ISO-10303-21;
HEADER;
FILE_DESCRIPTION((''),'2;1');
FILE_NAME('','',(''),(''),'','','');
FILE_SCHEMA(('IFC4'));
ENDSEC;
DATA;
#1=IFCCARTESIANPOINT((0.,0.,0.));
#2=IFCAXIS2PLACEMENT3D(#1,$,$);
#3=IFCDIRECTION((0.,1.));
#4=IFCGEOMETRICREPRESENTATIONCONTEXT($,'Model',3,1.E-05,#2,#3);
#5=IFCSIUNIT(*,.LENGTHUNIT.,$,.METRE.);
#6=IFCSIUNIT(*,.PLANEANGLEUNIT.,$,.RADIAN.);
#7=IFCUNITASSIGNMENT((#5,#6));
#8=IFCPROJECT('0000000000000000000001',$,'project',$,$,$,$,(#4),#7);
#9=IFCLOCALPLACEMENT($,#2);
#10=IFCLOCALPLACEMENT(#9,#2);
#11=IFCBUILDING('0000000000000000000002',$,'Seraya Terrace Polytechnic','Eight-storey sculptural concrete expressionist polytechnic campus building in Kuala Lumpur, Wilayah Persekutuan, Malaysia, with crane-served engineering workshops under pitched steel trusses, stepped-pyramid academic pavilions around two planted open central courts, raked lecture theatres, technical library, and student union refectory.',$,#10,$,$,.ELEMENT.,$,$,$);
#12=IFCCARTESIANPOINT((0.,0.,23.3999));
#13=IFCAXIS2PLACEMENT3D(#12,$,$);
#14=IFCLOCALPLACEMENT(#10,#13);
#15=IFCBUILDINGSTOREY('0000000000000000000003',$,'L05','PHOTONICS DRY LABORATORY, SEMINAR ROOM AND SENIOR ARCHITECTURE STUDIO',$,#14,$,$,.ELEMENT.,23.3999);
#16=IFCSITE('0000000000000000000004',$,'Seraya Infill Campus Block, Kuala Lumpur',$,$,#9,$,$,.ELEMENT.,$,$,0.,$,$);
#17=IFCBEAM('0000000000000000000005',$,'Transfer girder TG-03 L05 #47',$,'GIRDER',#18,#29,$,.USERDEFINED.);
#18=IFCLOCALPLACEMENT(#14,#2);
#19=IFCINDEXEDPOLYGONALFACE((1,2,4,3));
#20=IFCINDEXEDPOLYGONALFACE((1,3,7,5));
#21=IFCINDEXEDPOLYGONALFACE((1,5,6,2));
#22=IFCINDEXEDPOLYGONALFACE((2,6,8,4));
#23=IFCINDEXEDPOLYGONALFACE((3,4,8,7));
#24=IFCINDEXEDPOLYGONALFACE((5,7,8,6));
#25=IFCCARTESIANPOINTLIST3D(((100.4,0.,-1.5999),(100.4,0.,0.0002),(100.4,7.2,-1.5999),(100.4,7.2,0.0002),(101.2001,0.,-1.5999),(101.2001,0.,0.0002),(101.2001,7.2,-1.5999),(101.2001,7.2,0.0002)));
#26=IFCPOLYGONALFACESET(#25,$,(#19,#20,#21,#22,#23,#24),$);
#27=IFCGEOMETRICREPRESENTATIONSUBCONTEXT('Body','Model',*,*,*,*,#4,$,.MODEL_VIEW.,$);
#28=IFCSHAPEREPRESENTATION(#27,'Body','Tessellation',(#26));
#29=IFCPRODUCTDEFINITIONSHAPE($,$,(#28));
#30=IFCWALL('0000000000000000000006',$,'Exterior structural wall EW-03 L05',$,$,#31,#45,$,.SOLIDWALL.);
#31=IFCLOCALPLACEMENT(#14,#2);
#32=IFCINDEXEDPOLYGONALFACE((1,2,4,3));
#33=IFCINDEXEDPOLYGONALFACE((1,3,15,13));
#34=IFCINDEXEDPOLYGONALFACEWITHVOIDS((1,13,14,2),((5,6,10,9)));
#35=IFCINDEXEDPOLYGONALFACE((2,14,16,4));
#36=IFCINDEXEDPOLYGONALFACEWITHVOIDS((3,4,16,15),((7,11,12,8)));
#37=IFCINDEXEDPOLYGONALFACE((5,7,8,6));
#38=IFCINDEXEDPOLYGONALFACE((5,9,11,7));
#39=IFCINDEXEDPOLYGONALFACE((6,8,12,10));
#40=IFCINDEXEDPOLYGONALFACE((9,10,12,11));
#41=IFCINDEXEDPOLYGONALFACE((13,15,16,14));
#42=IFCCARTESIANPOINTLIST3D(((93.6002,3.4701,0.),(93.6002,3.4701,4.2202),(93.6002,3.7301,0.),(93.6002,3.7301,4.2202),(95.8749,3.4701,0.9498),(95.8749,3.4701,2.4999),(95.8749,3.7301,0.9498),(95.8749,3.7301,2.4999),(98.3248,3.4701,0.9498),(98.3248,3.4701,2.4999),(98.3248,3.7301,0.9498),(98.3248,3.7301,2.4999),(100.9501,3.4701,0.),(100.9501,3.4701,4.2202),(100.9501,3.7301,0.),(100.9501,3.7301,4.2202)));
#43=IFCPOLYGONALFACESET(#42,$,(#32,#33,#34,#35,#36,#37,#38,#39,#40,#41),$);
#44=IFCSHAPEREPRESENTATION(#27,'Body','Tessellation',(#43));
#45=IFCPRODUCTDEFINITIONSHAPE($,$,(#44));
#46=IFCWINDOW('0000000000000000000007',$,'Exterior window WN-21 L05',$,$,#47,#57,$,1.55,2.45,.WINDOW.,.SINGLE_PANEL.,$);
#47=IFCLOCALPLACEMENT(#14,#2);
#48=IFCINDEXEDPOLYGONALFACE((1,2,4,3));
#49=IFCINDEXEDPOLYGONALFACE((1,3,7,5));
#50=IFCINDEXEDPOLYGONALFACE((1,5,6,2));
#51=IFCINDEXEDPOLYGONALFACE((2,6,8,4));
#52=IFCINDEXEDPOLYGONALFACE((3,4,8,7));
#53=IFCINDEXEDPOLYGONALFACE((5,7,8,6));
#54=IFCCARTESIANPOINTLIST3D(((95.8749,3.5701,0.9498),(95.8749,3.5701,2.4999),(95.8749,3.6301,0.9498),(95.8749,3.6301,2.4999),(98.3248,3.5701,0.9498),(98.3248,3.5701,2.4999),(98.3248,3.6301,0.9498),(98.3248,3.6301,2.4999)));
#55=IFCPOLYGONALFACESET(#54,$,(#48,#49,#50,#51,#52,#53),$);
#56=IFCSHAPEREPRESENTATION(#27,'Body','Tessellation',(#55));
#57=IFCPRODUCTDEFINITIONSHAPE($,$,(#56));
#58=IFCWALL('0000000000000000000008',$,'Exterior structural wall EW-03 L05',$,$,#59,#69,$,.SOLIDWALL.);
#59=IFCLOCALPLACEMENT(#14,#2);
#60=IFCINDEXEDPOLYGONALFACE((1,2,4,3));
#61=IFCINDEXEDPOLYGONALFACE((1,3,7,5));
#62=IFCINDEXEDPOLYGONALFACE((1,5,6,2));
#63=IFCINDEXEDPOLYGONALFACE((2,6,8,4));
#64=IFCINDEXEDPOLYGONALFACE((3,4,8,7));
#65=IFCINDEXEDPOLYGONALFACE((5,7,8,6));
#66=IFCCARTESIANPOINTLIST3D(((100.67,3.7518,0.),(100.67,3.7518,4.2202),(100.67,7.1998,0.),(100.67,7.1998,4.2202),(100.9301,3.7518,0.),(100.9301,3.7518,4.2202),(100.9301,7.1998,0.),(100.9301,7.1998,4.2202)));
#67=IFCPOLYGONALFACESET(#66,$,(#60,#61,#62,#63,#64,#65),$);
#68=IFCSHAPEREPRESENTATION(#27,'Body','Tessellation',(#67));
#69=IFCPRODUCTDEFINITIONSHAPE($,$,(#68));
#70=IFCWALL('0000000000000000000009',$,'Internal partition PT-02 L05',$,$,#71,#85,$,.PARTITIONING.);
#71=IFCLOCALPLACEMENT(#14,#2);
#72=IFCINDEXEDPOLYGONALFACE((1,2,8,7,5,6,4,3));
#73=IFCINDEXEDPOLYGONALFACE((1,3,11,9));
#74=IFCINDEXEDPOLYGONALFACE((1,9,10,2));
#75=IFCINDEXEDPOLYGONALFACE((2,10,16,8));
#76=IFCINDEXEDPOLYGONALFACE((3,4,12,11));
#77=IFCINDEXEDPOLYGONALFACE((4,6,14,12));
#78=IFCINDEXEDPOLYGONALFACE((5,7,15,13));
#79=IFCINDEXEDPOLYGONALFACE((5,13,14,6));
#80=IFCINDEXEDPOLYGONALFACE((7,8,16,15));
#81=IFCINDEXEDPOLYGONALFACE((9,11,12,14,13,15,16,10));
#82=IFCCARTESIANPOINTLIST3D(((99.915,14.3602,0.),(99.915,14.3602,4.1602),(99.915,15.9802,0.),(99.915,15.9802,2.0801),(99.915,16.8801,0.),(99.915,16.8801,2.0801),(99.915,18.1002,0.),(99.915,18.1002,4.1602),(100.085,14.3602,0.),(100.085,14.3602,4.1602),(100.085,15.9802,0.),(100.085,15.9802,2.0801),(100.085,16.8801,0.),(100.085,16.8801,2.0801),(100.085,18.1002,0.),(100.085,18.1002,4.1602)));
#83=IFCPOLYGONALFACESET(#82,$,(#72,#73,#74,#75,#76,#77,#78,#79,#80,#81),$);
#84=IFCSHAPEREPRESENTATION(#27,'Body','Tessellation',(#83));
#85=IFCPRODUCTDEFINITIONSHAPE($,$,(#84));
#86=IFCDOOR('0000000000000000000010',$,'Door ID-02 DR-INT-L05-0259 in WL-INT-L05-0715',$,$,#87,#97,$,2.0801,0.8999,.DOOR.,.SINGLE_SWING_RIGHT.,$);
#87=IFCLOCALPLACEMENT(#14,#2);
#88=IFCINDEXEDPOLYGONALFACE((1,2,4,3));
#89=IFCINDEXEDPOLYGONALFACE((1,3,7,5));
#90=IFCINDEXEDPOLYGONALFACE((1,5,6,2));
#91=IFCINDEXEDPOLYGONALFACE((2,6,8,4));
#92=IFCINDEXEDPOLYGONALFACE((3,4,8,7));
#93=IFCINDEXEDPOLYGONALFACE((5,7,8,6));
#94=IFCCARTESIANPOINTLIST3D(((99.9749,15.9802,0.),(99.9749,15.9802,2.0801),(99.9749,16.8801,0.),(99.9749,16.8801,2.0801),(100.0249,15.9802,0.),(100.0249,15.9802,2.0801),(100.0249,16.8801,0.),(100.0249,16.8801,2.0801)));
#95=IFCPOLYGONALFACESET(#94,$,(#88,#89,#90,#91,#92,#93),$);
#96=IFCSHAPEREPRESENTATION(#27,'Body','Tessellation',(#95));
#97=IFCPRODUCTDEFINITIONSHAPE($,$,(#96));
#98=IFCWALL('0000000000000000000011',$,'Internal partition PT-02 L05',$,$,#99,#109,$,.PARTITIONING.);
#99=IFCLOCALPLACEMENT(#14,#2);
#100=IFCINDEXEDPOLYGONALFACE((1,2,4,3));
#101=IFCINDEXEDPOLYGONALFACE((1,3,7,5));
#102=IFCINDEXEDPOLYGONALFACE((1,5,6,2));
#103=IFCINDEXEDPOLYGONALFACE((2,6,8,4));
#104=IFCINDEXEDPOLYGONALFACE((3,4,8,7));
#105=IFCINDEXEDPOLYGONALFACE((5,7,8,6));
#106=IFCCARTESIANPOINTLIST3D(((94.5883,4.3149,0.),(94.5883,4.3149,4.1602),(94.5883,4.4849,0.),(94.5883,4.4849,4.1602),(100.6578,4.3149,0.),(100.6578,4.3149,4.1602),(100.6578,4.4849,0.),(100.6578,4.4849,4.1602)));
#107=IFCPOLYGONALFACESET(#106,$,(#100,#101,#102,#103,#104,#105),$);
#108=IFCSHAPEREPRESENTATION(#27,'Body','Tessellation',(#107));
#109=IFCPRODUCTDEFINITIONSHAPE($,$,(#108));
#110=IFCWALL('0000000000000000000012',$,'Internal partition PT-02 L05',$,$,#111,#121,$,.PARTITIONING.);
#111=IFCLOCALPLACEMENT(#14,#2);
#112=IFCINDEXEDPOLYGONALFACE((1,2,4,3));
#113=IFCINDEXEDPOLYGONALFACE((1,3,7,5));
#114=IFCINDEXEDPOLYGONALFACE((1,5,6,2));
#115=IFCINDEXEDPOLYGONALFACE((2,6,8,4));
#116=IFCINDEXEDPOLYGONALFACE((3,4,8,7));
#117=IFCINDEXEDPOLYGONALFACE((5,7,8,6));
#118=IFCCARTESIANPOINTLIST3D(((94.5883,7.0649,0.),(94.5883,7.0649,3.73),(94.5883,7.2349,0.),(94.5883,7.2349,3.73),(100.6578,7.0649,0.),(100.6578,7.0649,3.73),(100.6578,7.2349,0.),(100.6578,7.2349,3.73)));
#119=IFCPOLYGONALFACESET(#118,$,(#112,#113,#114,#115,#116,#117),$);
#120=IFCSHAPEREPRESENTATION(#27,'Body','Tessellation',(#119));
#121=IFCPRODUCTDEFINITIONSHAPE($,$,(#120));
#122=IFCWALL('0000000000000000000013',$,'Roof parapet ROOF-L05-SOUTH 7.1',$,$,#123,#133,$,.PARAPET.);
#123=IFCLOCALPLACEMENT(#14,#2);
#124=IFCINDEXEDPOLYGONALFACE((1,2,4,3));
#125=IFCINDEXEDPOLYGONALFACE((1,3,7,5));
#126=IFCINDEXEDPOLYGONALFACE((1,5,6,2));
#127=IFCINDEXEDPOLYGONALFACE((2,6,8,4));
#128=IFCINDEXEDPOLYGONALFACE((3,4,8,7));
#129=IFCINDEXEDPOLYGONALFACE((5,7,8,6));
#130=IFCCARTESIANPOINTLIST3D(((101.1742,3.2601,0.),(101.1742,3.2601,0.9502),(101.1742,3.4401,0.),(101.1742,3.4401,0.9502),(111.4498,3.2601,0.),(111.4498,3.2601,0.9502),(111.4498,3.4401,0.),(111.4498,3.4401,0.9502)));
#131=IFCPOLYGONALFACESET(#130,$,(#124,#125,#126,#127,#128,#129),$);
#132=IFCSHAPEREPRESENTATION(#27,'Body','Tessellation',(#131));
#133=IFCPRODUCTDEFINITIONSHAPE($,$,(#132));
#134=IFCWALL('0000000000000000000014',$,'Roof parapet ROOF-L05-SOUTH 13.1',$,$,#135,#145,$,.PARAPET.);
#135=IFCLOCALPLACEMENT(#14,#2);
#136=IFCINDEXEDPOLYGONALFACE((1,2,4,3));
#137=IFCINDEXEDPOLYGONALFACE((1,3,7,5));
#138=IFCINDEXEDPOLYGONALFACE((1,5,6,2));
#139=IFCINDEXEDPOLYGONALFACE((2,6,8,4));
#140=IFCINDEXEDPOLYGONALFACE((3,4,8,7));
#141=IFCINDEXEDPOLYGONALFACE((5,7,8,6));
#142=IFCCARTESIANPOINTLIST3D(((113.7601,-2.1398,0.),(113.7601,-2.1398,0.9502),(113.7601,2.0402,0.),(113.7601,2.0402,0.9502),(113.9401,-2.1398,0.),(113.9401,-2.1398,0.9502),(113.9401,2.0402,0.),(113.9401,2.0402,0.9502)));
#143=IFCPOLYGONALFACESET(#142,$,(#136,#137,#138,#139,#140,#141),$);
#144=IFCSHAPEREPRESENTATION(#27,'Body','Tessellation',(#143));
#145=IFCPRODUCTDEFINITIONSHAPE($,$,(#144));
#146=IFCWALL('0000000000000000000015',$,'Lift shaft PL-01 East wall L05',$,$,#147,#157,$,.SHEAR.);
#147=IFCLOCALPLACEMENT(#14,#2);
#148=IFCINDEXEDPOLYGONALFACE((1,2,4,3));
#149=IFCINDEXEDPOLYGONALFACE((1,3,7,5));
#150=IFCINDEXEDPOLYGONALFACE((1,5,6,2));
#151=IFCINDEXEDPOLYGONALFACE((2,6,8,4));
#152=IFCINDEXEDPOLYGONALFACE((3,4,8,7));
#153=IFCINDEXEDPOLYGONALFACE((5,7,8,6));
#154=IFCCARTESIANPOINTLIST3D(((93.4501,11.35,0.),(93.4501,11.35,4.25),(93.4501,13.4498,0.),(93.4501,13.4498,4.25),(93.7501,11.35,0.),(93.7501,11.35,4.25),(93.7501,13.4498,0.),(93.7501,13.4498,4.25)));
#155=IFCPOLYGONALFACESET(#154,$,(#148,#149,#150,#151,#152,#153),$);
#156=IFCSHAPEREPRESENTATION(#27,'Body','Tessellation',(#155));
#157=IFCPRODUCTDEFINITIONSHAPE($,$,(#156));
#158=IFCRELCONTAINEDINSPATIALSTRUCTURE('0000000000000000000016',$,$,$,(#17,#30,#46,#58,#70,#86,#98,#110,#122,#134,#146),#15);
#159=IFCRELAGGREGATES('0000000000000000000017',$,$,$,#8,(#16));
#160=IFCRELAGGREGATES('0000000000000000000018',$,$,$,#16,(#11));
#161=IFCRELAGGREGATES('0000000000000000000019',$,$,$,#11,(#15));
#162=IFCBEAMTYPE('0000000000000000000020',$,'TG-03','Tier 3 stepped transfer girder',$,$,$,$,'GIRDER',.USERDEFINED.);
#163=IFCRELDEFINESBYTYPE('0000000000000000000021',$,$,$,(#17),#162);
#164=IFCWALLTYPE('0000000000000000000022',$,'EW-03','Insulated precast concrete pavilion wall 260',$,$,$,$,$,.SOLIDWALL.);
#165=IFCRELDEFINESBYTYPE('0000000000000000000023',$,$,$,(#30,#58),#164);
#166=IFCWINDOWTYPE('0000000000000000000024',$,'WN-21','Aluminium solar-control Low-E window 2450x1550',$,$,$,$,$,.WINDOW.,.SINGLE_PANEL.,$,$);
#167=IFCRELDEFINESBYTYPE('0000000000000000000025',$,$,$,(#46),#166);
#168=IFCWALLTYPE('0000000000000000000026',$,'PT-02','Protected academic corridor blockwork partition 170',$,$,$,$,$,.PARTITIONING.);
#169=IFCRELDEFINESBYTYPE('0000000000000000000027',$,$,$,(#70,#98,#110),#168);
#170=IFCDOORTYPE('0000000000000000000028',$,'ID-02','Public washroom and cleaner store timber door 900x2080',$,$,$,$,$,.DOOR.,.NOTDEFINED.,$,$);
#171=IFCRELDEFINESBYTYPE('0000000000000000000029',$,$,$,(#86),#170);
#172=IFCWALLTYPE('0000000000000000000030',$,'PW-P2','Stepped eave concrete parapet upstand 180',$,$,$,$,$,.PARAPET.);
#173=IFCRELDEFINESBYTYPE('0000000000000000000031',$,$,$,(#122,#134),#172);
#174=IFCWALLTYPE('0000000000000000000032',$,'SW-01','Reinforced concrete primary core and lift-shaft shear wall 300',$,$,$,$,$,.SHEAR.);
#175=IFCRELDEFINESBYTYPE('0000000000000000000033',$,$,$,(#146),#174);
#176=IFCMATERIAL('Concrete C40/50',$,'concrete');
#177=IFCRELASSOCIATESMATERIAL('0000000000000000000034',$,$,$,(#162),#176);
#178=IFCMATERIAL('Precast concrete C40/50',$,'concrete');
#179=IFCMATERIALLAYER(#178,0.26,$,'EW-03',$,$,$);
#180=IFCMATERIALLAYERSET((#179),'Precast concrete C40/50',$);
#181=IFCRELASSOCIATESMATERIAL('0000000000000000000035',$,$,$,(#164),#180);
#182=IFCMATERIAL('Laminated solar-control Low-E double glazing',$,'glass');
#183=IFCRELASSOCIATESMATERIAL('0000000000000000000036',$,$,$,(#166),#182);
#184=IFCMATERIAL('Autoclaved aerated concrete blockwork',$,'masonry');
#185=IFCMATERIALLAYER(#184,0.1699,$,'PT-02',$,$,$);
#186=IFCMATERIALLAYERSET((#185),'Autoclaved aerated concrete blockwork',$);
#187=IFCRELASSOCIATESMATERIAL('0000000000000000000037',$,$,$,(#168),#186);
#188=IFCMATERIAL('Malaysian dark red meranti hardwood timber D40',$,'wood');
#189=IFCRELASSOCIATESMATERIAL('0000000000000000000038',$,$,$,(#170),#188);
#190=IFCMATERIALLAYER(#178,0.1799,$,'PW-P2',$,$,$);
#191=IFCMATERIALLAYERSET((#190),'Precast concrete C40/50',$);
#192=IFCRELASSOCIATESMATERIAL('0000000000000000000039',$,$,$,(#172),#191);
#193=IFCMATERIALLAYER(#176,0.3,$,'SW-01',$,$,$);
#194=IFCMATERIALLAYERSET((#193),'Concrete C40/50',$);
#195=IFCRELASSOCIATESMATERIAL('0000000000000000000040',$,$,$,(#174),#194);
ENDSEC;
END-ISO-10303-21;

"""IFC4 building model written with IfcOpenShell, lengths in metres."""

from ifc_helpers import new_model, si_unit, direction, frame, frame_2d, origin, origin_2d, place, context, subcontext, project, spatial, rectangle, extrude, material, layer, layer_set, material_profile, profile_set, type_object, element, fill, save


model = new_model("IFC4")

# Units and contexts
model_context = context("Model", 3, precision=1e-05, world=origin(), true_north=direction((0.0, 1.0)))
body_context = subcontext(model_context, "Body", "Model", "MODEL_VIEW")
ifc_project = project(units=[si_unit("LENGTHUNIT", "METRE"), si_unit("PLANEANGLEUNIT", "RADIAN")], contexts=[model_context])

# Site, building, storey
site_placement = place(None, origin())
site = spatial("IfcSite", under=ifc_project, at=site_placement, Name="Seraya Infill Campus Block, Kuala Lumpur", CompositionType="ELEMENT", RefElevation=0.0)
building_placement = place(site_placement, origin())
building = spatial("IfcBuilding", under=site, at=building_placement, Name="Seraya Terrace Polytechnic", Description="Eight-storey sculptural concrete expressionist polytechnic campus building in Kuala Lumpur, Wilayah Persekutuan, Malaysia, with crane-served engineering workshops under pitched steel trusses, stepped-pyramid academic pavilions around two planted open central courts, raked lecture theatres, technical library, and student union refectory.", CompositionType="ELEMENT")
storey_placement = place(building_placement, frame((0.0, 0.0, 23.3999)))
storey = spatial("IfcBuildingStorey", under=building, at=storey_placement, Name="L05", Description="PHOTONICS DRY LABORATORY, SEMINAR ROOM AND SENIOR ARCHITECTURE STUDIO", CompositionType="ELEMENT", Elevation=23.3999)

# Shared definitions
ifc_material_1 = material(Name="Concrete C40/50", Category="concrete")

# Beam
ifc_material_profile_1 = material_profile(ifc_material_1, rectangle(XDim=0.8, YDim=1.6001, at=origin_2d()), Name="RC 800x1600")
ifc_profile_set_1 = profile_set([ifc_material_profile_1], Name="Concrete C40/50")
beam_type_1 = type_object("IfcBeamType", Name="TG-03", Description="Tier 3 stepped transfer girder", ElementType="GIRDER", PredefinedType="USERDEFINED", material=ifc_profile_set_1)
beam_1_placement = place(storey_placement, frame((100.8, 0.0, -0.7998), z_axis=(0.0, 1.0, 0.0), x_axis=(-1.0, 0.0, 0.0)))
element("IfcBeam", 1, at=beam_1_placement, inside=storey, type_object=beam_type_1, Name="Transfer girder TG-03 L05 #47", ObjectType="GIRDER", PredefinedType="USERDEFINED", context=body_context, shape_type="SweptSolid", body=[
    extrude(rectangle(XDim=0.8, YDim=1.6001, at=origin_2d()), origin(), (0.0, 0.0, 1.0), 7.2),
])

# Wall, opening, window
ifc_material_2 = material(Name="Precast concrete C40/50", Category="concrete")
ifc_layer_1 = layer(ifc_material_2, 0.26, Name="EW-03")
ifc_layer_set_1 = layer_set([ifc_layer_1], Name="Precast concrete C40/50")
wall_type_1 = type_object("IfcWallType", Name="EW-03", Description="Insulated precast concrete pavilion wall 260", PredefinedType="SOLIDWALL", material=ifc_layer_set_1)
wall_1_placement = place(storey_placement, frame((100.95, 3.6001, 0.0), z_axis=(0.0, 0.0, 1.0), x_axis=(-1.0, 0.0, 0.0)))
wall_1 = element("IfcWall", 2, at=wall_1_placement, inside=storey, type_object=wall_type_1, Name="Exterior structural wall EW-03 L05", PredefinedType="SOLIDWALL", context=body_context, shape_type="SweptSolid", body=[
    extrude(rectangle(XDim=7.3499, YDim=0.26, at=frame_2d((3.6748, 0.0))), origin(), (0.0, 0.0, 1.0), 4.2202),
])
opening_1_placement = place(wall_1_placement, frame((2.625, 0.0, 0.95)))
opening_1 = element("IfcOpeningElement", 3, at=opening_1_placement, cuts=wall_1, PredefinedType="OPENING", context=body_context, shape_type="SweptSolid", body=[
    extrude(rectangle(XDim=2.45, YDim=1.55, at=frame_2d((1.2251, 0.7749))), frame((0.0, 0.1421, 0.0), z_axis=(0.0, -1.0, 0.0), x_axis=(1.0, 0.0, 0.0)), (0.0, 0.0, 1.0), 0.2839),
])
ifc_material_3 = material(Name="Laminated solar-control Low-E double glazing", Category="glass")
window_type = type_object("IfcWindowType", Name="WN-21", Description="Aluminium solar-control Low-E window 2450x1550", PartitioningType="SINGLE_PANEL", PredefinedType="WINDOW", material=ifc_material_3)
window_placement = place(opening_1_placement, origin())
window = element("IfcWindow", 4, at=window_placement, inside=storey, type_object=window_type, Name="Exterior window WN-21 L05", OverallHeight=1.55, OverallWidth=2.45, PartitioningType="SINGLE_PANEL", PredefinedType="WINDOW", context=body_context, shape_type="SweptSolid", body=[
    extrude(rectangle(XDim=2.45, YDim=1.55, at=frame_2d((1.2251, 0.7749))), frame((0.0, 0.03, 0.0), z_axis=(0.0, -1.0, 0.0), x_axis=(1.0, 0.0, 0.0)), (0.0, 0.0, 1.0), 0.0601),
])
fill(opening_1, window)

# Wall
wall_2_placement = place(storey_placement, frame((100.8, 7.2, 0.0), z_axis=(0.0, 0.0, 1.0), x_axis=(0.0, -1.0, 0.0)))
element("IfcWall", 5, at=wall_2_placement, inside=storey, type_object=wall_type_1, Name="Exterior structural wall EW-03 L05", PredefinedType="SOLIDWALL", context=body_context, shape_type="SweptSolid", body=[
    extrude(rectangle(XDim=3.448, YDim=0.26, at=frame_2d((1.7241, 0.0))), origin(), (0.0, 0.0, 1.0), 4.2202),
])

# Wall, opening, door
ifc_material_4 = material(Name="Autoclaved aerated concrete blockwork", Category="masonry")
ifc_layer_2 = layer(ifc_material_4, 0.1699, Name="PT-02")
ifc_layer_set_2 = layer_set([ifc_layer_2], Name="Autoclaved aerated concrete blockwork")
wall_type_2 = type_object("IfcWallType", Name="PT-02", Description="Protected academic corridor blockwork partition 170", PredefinedType="PARTITIONING", material=ifc_layer_set_2)
wall_3_placement = place(storey_placement, frame((100.0, 14.3601, 0.0), z_axis=(0.0, 0.0, 1.0), x_axis=(0.0, 1.0, 0.0)))
wall_3 = element("IfcWall", 6, at=wall_3_placement, inside=storey, type_object=wall_type_2, Name="Internal partition PT-02 L05", PredefinedType="PARTITIONING", context=body_context, shape_type="SweptSolid", body=[
    extrude(rectangle(XDim=3.74, YDim=0.1699, at=frame_2d((1.8701, 0.0))), origin(), (0.0, 0.0, 1.0), 4.1602),
])
opening_2_placement = place(wall_3_placement, frame((1.6201, 0.0, 0.0)))
opening_2 = element("IfcOpeningElement", 7, at=opening_2_placement, cuts=wall_3, PredefinedType="OPENING", context=body_context, shape_type="SweptSolid", body=[
    extrude(rectangle(XDim=0.8999, YDim=2.0801, at=frame_2d((0.45, 1.04))), frame((0.0, 0.0969, 0.0), z_axis=(0.0, -1.0, 0.0), x_axis=(1.0, 0.0, 0.0)), (0.0, 0.0, 1.0), 0.1938),
])
ifc_material_5 = material(Name="Malaysian dark red meranti hardwood timber D40", Category="wood")
door_type_1 = type_object("IfcDoorType", Name="ID-02", Description="Public washroom and cleaner store timber door 900x2080", OperationType="NOTDEFINED", PredefinedType="DOOR", material=ifc_material_5)
door_1_placement = place(opening_2_placement, frame((0.8999, 0.0, 0.0), z_axis=(0.0, 0.0, 1.0), x_axis=(-1.0, 0.0, 0.0)))
door_1 = element("IfcDoor", 8, at=door_1_placement, inside=storey, type_object=door_type_1, Name="Door ID-02 DR-INT-L05-0259 in WL-INT-L05-0715", OperationType="SINGLE_SWING_RIGHT", OverallHeight=2.0801, OverallWidth=0.8999, PredefinedType="DOOR", context=body_context, shape_type="SweptSolid", body=[
    extrude(rectangle(XDim=0.8999, YDim=2.0801, at=frame_2d((0.45, 1.04))), frame((0.0, 0.0249, 0.0), z_axis=(0.0, -1.0, 0.0), x_axis=(1.0, 0.0, 0.0)), (0.0, 0.0, 1.0), 0.05),
])
fill(opening_2, door_1)

# Walls
wall_4_placement = place(storey_placement, frame((94.5884, 4.3999, 0.0), z_axis=(0.0, 0.0, 1.0), x_axis=(1.0, 0.0, 0.0)))
element("IfcWall", 9, at=wall_4_placement, inside=storey, type_object=wall_type_2, Name="Internal partition PT-02 L05", PredefinedType="PARTITIONING", context=body_context, shape_type="SweptSolid", body=[
    extrude(rectangle(XDim=6.0696, YDim=0.1699, at=frame_2d((3.0347, 0.0))), origin(), (0.0, 0.0, 1.0), 4.1602),
])
wall_5_placement = place(storey_placement, frame((94.5884, 7.1499, 0.0), z_axis=(0.0, 0.0, 1.0), x_axis=(1.0, 0.0, 0.0)))
element("IfcWall", 10, at=wall_5_placement, inside=storey, type_object=wall_type_2, Name="Internal partition PT-02 L05", PredefinedType="PARTITIONING", context=body_context, shape_type="SweptSolid", body=[
    extrude(rectangle(XDim=6.0696, YDim=0.1699, at=frame_2d((3.0347, 0.0))), origin(), (0.0, 0.0, 1.0), 3.73),
])
ifc_layer_3 = layer(ifc_material_2, 0.1799, Name="PW-P2")
ifc_layer_set_3 = layer_set([ifc_layer_3], Name="Precast concrete C40/50")
wall_type_3 = type_object("IfcWallType", Name="PW-P2", Description="Stepped eave concrete parapet upstand 180", PredefinedType="PARAPET", material=ifc_layer_set_3)
wall_6_placement = place(storey_placement, frame((101.1743, 3.3501, 0.0), z_axis=(0.0, 0.0, 1.0), x_axis=(1.0, 0.0, 0.0)))
element("IfcWall", 11, at=wall_6_placement, inside=storey, type_object=wall_type_3, Name="Roof parapet ROOF-L05-SOUTH 7.1", PredefinedType="PARAPET", context=body_context, shape_type="SweptSolid", body=[
    extrude(rectangle(XDim=10.2756, YDim=0.1799, at=frame_2d((5.1377, 0.0))), origin(), (0.0, 0.0, 1.0), 0.9502),
])
wall_7_placement = place(storey_placement, frame((113.8501, 2.04, 0.0), z_axis=(0.0, 0.0, 1.0), x_axis=(0.0, -1.0, 0.0)))
element("IfcWall", 12, at=wall_7_placement, inside=storey, type_object=wall_type_3, Name="Roof parapet ROOF-L05-SOUTH 13.1", PredefinedType="PARAPET", context=body_context, shape_type="SweptSolid", body=[
    extrude(rectangle(XDim=4.1799, YDim=0.1799, at=frame_2d((2.0898, 0.0))), origin(), (0.0, 0.0, 1.0), 0.9502),
])
ifc_layer_4 = layer(ifc_material_1, 0.3, Name="SW-01")
ifc_layer_set_4 = layer_set([ifc_layer_4], Name="Concrete C40/50")
wall_type_4 = type_object("IfcWallType", Name="SW-01", Description="Reinforced concrete primary core and lift-shaft shear wall 300", PredefinedType="SHEAR", material=ifc_layer_set_4)
wall_8_placement = place(storey_placement, frame((93.6001, 11.3501, 0.0), z_axis=(0.0, 0.0, 1.0), x_axis=(0.0, 1.0, 0.0)))
element("IfcWall", 13, at=wall_8_placement, inside=storey, type_object=wall_type_4, Name="Lift shaft PL-01 East wall L05", PredefinedType="SHEAR", context=body_context, shape_type="SweptSolid", body=[
    extrude(rectangle(XDim=2.0999, YDim=0.3, at=frame_2d((1.0498, 0.0))), origin(), (0.0, 0.0, 1.0), 4.25),
])

save(model, "model.ifc")
